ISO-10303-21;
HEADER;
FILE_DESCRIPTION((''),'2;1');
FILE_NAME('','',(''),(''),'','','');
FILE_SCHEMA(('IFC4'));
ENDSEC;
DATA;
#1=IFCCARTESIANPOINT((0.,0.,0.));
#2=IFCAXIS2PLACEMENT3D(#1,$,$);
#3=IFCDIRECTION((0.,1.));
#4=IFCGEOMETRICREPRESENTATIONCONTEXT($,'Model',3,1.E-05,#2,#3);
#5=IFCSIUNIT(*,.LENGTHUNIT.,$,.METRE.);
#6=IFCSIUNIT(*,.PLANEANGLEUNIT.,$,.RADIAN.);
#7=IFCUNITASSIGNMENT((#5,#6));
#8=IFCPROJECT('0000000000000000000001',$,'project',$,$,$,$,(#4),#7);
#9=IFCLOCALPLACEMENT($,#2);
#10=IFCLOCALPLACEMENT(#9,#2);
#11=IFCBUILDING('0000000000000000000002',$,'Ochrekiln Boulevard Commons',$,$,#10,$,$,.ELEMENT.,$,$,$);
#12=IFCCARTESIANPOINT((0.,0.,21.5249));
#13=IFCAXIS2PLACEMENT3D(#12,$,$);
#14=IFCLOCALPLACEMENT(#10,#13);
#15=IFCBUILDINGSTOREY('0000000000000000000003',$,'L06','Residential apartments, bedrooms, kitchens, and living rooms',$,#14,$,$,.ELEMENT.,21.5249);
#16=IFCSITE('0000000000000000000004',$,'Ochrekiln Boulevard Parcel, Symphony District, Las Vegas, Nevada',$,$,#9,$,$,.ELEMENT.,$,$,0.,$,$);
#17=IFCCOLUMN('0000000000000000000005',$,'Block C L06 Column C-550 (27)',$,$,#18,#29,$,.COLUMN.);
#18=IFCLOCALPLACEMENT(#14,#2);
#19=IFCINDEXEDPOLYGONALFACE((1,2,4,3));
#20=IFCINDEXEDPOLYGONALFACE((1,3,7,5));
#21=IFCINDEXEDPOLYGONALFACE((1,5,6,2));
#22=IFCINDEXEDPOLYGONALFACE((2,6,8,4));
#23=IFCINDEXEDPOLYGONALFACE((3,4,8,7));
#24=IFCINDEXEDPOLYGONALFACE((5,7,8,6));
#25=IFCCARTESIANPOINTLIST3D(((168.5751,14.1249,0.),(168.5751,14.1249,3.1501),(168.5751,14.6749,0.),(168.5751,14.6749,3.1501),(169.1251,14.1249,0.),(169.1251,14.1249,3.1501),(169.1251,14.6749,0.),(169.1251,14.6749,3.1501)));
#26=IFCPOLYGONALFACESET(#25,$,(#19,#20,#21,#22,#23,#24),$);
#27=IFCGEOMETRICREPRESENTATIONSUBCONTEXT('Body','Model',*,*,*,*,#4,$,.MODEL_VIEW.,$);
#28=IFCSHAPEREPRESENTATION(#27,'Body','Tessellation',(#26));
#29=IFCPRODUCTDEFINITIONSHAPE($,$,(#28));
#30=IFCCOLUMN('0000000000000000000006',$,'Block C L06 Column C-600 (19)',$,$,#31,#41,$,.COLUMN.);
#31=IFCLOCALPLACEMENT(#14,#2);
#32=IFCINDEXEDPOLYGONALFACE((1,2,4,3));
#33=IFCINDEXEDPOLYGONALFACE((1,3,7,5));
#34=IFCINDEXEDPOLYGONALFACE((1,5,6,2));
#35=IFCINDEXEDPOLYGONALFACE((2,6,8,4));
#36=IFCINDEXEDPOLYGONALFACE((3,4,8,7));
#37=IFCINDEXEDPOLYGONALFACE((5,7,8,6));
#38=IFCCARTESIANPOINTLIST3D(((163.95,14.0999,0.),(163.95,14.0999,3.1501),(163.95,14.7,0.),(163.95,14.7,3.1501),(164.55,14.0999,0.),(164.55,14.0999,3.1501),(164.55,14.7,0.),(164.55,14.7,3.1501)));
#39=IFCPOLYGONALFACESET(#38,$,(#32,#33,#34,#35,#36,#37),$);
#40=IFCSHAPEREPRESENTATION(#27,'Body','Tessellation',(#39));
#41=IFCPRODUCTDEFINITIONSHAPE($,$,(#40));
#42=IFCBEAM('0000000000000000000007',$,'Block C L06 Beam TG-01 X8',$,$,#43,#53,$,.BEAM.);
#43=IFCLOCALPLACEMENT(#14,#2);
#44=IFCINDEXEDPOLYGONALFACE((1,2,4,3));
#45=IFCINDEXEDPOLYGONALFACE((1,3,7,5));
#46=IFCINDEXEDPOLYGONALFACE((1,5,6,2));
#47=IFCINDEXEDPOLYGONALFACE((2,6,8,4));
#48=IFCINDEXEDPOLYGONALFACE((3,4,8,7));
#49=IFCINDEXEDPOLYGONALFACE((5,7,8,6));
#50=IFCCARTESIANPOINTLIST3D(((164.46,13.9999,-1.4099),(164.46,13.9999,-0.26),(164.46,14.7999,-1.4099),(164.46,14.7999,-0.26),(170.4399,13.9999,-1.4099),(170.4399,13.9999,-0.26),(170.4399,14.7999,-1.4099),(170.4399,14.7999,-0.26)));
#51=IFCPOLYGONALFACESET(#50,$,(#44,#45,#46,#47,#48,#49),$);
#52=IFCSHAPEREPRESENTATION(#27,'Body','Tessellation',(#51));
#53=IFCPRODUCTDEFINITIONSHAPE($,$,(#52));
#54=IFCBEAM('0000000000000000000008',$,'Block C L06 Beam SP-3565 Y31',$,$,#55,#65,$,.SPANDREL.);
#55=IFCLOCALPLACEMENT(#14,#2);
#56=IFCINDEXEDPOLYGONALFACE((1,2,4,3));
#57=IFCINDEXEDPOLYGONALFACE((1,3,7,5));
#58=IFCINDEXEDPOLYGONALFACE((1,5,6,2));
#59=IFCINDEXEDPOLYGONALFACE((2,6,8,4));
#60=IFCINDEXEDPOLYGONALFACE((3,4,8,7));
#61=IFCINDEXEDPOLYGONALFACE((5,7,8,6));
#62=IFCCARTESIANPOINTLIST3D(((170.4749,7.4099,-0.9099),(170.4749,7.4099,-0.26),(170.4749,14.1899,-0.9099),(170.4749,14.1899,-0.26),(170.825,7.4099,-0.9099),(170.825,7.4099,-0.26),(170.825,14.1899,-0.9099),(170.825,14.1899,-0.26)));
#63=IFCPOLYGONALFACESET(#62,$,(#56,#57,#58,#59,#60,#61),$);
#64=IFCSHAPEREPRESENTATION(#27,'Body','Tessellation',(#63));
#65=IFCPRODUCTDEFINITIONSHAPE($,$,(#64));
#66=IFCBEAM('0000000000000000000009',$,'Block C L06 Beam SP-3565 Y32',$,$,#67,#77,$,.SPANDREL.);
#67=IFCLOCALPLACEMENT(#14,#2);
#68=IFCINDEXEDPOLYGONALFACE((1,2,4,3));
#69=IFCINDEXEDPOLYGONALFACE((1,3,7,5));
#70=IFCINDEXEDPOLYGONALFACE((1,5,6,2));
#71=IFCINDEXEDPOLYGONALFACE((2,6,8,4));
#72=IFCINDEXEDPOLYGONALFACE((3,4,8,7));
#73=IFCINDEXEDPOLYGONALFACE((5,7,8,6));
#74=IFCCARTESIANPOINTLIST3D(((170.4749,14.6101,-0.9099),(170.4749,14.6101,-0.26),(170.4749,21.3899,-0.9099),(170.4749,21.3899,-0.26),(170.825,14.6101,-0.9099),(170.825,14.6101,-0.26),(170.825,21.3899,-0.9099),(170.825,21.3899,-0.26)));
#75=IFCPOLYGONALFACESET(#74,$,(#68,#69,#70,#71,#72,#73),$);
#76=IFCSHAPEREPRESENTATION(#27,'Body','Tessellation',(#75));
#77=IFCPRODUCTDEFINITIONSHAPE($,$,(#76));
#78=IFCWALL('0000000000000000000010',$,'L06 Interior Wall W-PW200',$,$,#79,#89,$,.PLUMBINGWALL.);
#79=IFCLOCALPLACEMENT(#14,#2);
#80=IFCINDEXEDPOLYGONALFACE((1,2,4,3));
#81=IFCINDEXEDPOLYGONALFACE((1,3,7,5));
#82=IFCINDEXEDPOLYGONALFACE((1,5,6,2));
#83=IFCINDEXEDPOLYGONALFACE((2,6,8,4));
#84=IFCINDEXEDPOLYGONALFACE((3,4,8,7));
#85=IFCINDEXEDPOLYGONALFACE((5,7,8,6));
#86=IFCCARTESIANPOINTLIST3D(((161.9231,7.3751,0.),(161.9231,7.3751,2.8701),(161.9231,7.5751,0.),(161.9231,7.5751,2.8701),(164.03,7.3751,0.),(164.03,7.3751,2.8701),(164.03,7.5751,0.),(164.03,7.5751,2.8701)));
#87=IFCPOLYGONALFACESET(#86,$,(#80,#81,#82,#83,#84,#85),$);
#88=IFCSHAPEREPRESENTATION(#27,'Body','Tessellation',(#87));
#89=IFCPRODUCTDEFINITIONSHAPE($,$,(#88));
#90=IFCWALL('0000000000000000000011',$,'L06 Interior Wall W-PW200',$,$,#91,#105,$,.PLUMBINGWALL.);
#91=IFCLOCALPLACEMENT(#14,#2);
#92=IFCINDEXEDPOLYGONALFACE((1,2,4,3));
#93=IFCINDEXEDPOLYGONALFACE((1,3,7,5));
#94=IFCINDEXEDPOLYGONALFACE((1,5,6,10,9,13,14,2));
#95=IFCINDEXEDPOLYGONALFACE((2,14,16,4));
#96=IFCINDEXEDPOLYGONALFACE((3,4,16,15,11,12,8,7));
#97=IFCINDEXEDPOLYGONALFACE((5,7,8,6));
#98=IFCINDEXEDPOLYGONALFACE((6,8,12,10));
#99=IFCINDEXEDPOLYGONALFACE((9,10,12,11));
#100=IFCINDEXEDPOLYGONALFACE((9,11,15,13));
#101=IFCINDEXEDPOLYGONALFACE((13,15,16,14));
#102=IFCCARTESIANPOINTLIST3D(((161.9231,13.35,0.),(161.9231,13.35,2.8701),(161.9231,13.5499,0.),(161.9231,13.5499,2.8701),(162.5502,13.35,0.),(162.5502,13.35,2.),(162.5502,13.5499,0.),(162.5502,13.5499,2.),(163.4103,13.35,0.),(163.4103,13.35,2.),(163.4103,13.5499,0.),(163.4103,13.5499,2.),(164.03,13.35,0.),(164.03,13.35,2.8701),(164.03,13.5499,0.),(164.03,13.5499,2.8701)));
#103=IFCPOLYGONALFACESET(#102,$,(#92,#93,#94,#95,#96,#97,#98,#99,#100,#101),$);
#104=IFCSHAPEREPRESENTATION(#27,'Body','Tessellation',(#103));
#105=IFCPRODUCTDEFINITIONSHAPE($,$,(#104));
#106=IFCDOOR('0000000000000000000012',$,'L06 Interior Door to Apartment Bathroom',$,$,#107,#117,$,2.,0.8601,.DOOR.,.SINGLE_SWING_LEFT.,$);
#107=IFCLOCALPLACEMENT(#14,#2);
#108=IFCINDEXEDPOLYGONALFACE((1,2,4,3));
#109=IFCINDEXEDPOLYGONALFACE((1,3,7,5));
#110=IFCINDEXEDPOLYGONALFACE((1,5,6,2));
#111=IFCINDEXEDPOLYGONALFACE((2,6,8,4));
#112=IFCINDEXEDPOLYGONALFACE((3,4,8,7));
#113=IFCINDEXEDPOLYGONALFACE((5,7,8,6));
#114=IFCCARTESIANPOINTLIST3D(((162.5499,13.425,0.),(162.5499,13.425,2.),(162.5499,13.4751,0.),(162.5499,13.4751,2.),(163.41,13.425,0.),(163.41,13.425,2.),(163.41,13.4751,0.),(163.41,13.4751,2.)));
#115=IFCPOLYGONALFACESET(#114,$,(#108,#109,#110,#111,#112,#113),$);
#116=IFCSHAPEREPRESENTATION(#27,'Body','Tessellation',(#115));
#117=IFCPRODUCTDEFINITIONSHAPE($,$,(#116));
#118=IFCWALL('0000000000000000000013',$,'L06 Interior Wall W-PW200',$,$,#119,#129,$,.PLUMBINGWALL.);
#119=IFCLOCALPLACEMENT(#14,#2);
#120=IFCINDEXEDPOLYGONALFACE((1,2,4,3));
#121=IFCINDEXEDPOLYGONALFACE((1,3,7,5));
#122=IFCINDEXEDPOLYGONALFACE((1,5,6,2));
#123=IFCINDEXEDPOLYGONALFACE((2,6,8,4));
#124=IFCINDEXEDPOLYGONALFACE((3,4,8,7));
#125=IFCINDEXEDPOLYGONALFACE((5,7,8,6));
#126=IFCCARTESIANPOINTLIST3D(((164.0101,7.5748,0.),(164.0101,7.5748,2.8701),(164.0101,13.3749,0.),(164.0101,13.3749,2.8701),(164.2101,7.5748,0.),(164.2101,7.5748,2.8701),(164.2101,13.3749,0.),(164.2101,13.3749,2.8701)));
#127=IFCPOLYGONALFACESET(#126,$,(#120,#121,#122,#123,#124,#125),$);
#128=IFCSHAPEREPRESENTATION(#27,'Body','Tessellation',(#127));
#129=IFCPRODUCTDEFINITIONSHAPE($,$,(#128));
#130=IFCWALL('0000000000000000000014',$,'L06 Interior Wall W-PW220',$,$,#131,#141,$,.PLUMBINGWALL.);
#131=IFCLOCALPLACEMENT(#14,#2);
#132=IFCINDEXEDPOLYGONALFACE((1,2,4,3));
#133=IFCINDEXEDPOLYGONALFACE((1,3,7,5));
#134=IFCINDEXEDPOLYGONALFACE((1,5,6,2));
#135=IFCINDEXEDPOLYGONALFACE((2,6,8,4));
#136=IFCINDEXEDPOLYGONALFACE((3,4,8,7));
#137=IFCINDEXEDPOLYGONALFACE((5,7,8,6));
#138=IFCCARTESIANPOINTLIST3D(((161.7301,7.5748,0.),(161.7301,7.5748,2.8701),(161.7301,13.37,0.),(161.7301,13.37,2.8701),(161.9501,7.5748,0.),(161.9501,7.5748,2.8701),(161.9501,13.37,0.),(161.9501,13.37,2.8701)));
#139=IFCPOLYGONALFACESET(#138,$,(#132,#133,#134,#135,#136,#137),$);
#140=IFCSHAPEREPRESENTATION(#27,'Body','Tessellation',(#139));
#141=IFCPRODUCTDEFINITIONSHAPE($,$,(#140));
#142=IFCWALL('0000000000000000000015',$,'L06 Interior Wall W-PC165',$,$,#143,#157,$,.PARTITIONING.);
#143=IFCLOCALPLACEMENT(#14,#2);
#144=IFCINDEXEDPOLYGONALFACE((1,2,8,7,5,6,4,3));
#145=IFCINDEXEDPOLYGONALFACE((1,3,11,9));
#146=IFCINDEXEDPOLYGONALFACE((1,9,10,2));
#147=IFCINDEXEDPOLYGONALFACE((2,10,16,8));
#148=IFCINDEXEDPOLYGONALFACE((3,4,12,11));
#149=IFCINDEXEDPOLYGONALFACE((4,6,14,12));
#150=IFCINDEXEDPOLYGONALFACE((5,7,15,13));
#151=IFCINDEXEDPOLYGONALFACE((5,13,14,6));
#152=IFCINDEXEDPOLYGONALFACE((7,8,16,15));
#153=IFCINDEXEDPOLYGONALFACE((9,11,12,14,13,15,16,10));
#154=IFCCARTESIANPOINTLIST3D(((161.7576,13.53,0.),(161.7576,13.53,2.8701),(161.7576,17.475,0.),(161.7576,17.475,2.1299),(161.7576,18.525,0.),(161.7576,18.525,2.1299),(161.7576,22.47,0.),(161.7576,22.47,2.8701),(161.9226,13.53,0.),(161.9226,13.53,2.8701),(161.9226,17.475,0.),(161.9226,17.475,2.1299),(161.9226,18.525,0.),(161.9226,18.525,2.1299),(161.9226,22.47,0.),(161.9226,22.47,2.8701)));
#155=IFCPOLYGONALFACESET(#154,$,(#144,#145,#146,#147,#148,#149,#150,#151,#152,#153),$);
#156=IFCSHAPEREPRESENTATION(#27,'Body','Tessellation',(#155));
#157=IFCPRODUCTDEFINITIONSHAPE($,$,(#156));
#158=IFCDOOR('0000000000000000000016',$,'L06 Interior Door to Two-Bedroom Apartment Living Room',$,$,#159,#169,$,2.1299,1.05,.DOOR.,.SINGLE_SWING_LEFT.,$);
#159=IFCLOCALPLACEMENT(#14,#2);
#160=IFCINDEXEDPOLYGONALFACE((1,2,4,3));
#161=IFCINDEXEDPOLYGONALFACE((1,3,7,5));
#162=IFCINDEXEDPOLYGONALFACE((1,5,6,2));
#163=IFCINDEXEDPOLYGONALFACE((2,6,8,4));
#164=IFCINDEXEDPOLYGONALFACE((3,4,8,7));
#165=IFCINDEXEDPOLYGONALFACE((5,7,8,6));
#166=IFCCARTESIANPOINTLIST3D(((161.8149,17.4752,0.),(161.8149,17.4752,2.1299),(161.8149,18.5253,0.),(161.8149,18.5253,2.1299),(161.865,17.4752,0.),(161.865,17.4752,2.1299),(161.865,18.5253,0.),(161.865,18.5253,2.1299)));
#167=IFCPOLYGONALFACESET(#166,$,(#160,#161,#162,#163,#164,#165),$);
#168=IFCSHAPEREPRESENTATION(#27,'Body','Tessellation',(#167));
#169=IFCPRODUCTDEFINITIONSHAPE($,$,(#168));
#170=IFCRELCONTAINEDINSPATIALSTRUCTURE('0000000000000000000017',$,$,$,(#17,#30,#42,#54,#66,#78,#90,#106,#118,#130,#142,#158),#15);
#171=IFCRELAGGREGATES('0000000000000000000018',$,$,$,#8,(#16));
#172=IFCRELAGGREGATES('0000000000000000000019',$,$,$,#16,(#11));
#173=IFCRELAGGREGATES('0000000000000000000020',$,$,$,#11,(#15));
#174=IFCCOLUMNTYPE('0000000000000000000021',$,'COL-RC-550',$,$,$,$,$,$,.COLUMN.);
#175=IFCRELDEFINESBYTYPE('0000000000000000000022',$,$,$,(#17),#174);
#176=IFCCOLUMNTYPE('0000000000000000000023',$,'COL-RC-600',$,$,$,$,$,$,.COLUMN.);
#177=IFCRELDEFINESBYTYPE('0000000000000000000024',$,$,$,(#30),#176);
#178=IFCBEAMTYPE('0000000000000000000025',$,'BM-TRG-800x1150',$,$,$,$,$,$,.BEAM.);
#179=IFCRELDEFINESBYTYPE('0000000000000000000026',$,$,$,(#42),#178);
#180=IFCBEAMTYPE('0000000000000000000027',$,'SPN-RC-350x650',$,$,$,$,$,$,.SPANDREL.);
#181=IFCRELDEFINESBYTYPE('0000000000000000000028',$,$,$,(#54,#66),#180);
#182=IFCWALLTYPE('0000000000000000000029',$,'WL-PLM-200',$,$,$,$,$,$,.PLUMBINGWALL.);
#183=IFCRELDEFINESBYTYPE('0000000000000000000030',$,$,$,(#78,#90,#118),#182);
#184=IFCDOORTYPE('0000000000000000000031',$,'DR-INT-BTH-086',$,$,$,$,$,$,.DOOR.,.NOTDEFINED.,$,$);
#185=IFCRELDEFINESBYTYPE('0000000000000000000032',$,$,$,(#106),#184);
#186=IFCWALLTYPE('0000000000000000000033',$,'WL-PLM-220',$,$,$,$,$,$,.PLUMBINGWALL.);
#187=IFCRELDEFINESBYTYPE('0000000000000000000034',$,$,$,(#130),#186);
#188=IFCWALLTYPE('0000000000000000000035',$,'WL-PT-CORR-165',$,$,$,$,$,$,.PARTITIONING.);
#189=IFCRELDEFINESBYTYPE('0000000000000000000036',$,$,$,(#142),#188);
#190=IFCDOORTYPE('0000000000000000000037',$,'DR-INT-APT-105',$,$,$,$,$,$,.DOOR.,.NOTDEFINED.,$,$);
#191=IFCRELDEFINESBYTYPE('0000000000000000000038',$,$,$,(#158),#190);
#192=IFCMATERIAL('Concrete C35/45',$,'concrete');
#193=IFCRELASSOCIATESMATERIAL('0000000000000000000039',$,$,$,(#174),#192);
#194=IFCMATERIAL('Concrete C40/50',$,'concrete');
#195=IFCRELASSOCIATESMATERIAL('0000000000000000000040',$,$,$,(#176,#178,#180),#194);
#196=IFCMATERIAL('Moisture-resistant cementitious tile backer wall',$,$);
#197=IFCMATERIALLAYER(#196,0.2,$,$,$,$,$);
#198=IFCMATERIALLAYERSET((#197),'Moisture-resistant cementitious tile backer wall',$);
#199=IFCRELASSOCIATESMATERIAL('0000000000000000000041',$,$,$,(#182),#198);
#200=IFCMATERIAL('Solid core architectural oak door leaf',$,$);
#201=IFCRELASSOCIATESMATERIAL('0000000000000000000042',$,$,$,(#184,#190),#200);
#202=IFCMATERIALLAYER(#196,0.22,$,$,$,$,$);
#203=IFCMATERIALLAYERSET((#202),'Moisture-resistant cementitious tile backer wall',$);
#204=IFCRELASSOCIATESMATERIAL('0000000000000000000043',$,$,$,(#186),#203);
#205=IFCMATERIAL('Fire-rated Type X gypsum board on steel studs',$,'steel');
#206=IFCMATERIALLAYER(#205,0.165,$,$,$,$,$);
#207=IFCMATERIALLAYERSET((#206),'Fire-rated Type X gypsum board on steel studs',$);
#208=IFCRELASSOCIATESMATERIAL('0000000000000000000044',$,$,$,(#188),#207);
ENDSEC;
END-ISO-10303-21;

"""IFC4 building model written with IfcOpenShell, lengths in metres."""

from ifc_helpers import new_model, si_unit, direction, frame, frame_2d, origin, origin_2d, place, context, subcontext, project, spatial, rectangle, extrude, material, layer, layer_set, material_profile, profile_set, type_object, element, fill, save


model = new_model("IFC4")

# Units and contexts
model_context = context("Model", 3, precision=1e-05, world=origin(), true_north=direction((0.0, 1.0)))
body_context = subcontext(model_context, "Body", "Model", "MODEL_VIEW")
ifc_project = project(units=[si_unit("LENGTHUNIT", "METRE"), si_unit("PLANEANGLEUNIT", "RADIAN")], contexts=[model_context])

# Site, building, storey
site_placement = place(None, origin())
site = spatial("IfcSite", under=ifc_project, at=site_placement, Name="Ochrekiln Boulevard Parcel, Symphony District, Las Vegas, Nevada", CompositionType="ELEMENT", RefElevation=0.0)
building_placement = place(site_placement, origin())
building = spatial("IfcBuilding", under=site, at=building_placement, Name="Ochrekiln Boulevard Commons", CompositionType="ELEMENT")
storey_placement = place(building_placement, frame((0.0, 0.0, 21.5249)))
storey = spatial("IfcBuildingStorey", under=building, at=storey_placement, Name="L06", Description="Residential apartments, bedrooms, kitchens, and living rooms", CompositionType="ELEMENT", Elevation=21.5249)

# Columns
ifc_material_1 = material(Name="Concrete C35/45", Category="concrete")
ifc_material_profile_1 = material_profile(ifc_material_1, rectangle(XDim=0.55, YDim=0.55, at=origin_2d()), Name="RC-COL-550x550")
ifc_profile_set_1 = profile_set([ifc_material_profile_1], Name="Concrete C35/45")
column_type_1 = type_object("IfcColumnType", Name="COL-RC-550", PredefinedType="COLUMN", material=ifc_profile_set_1)
column_1_placement = place(storey_placement, frame((168.8501, 14.3999, 0.0), z_axis=(0.0, 0.0, 1.0), x_axis=(1.0, 0.0, 0.0)))
element("IfcColumn", 1, at=column_1_placement, inside=storey, type_object=column_type_1, Name="Block C L06 Column C-550 (27)", PredefinedType="COLUMN", context=body_context, shape_type="SweptSolid", body=[
    extrude(rectangle(XDim=0.55, YDim=0.55, at=origin_2d()), origin(), (0.0, 0.0, 1.0), 3.1501),
])
ifc_material_2 = material(Name="Concrete C40/50", Category="concrete")
ifc_material_profile_2 = material_profile(ifc_material_2, rectangle(XDim=0.6001, YDim=0.6001, at=origin_2d()), Name="RC-COL-600x600")
ifc_profile_set_2 = profile_set([ifc_material_profile_2], Name="Concrete C40/50")
column_type_2 = type_object("IfcColumnType", Name="COL-RC-600", PredefinedType="COLUMN", material=ifc_profile_set_2)
column_2_placement = place(storey_placement, frame((164.25, 14.3999, 0.0), z_axis=(0.0, 0.0, 1.0), x_axis=(1.0, 0.0, 0.0)))
element("IfcColumn", 2, at=column_2_placement, inside=storey, type_object=column_type_2, Name="Block C L06 Column C-600 (19)", PredefinedType="COLUMN", context=body_context, shape_type="SweptSolid", body=[
    extrude(rectangle(XDim=0.6001, YDim=0.6001, at=origin_2d()), origin(), (0.0, 0.0, 1.0), 3.1501),
])

# Beams
ifc_material_profile_3 = material_profile(ifc_material_2, rectangle(XDim=0.8, YDim=1.1499, at=origin_2d()), Name="RC-TRG-800x1150")
ifc_profile_set_3 = profile_set([ifc_material_profile_3], Name="Concrete C40/50")
beam_type_1 = type_object("IfcBeamType", Name="BM-TRG-800x1150", PredefinedType="BEAM", material=ifc_profile_set_3)
beam_1_placement = place(storey_placement, frame((164.46, 14.3999, -0.835), z_axis=(1.0, 0.0, 0.0), x_axis=(0.0, 1.0, 0.0)))
element("IfcBeam", 3, at=beam_1_placement, inside=storey, type_object=beam_type_1, Name="Block C L06 Beam TG-01 X8", PredefinedType="BEAM", context=body_context, shape_type="SweptSolid", body=[
    extrude(rectangle(XDim=0.8, YDim=1.1499, at=origin_2d()), origin(), (0.0, 0.0, 1.0), 5.98),
])
ifc_material_profile_4 = material_profile(ifc_material_2, rectangle(XDim=0.3501, YDim=0.6499, at=origin_2d()), Name="RC-SPN-350x650")
ifc_profile_set_4 = profile_set([ifc_material_profile_4], Name="Concrete C40/50")
beam_type_2 = type_object("IfcBeamType", Name="SPN-RC-350x650", PredefinedType="SPANDREL", material=ifc_profile_set_4)
beam_2_placement = place(storey_placement, frame((170.6499, 7.4099, -0.585), z_axis=(0.0, 1.0, 0.0), x_axis=(-1.0, 0.0, 0.0)))
element("IfcBeam", 4, at=beam_2_placement, inside=storey, type_object=beam_type_2, Name="Block C L06 Beam SP-3565 Y31", PredefinedType="SPANDREL", context=body_context, shape_type="SweptSolid", body=[
    extrude(rectangle(XDim=0.3501, YDim=0.6499, at=origin_2d()), origin(), (0.0, 0.0, 1.0), 6.78),
])
beam_3_placement = place(storey_placement, frame((170.6499, 14.6101, -0.585), z_axis=(0.0, 1.0, 0.0), x_axis=(-1.0, 0.0, 0.0)))
element("IfcBeam", 5, at=beam_3_placement, inside=storey, type_object=beam_type_2, Name="Block C L06 Beam SP-3565 Y32", PredefinedType="SPANDREL", context=body_context, shape_type="SweptSolid", body=[
    extrude(rectangle(XDim=0.3501, YDim=0.6499, at=origin_2d()), origin(), (0.0, 0.0, 1.0), 6.7798),
])

# Wall
ifc_material_3 = material(Name="Moisture-resistant cementitious tile backer wall")
ifc_layer_1 = layer(ifc_material_3, 0.2)
ifc_layer_set_1 = layer_set([ifc_layer_1], Name="Moisture-resistant cementitious tile backer wall")
wall_type_1 = type_object("IfcWallType", Name="WL-PLM-200", PredefinedType="PLUMBINGWALL", material=ifc_layer_set_1)
wall_1_placement = place(storey_placement, frame((161.9231, 7.4751, 0.0), z_axis=(0.0, 0.0, 1.0), x_axis=(1.0, 0.0, 0.0)))
element("IfcWall", 6, at=wall_1_placement, inside=storey, type_object=wall_type_1, Name="L06 Interior Wall W-PW200", PredefinedType="PLUMBINGWALL", context=body_context, shape_type="SweptSolid", body=[
    extrude(rectangle(XDim=2.1069, YDim=0.2, at=frame_2d((1.0535, 0.0))), origin(), (0.0, 0.0, 1.0), 2.8701),
])

# Wall, opening, door
wall_2_placement = place(storey_placement, frame((161.9231, 13.45, 0.0), z_axis=(0.0, 0.0, 1.0), x_axis=(1.0, 0.0, 0.0)))
wall_2 = element("IfcWall", 7, at=wall_2_placement, inside=storey, type_object=wall_type_1, Name="L06 Interior Wall W-PW200", PredefinedType="PLUMBINGWALL", context=body_context, shape_type="SweptSolid", body=[
    extrude(rectangle(XDim=2.1069, YDim=0.2, at=frame_2d((1.0535, 0.0))), origin(), (0.0, 0.0, 1.0), 2.8701),
])
opening_1_placement = place(wall_2_placement, frame((0.627, 0.0, 0.0)))
opening_1 = element("IfcOpeningElement", 8, at=opening_1_placement, cuts=wall_2, PredefinedType="OPENING", context=body_context, shape_type="SweptSolid", body=[
    extrude(rectangle(XDim=0.8601, YDim=2.0, at=frame_2d((0.4302, 1.0))), frame((0.0, 0.1099, 0.0), z_axis=(0.0, -1.0, 0.0), x_axis=(1.0, 0.0, 0.0)), (0.0, 0.0, 1.0), 0.22),
])
ifc_material_4 = material(Name="Solid core architectural oak door leaf")
door_type_1 = type_object("IfcDoorType", Name="DR-INT-BTH-086", OperationType="NOTDEFINED", PredefinedType="DOOR", material=ifc_material_4)
door_1_placement = place(opening_1_placement, frame((0.8601, 0.0, 0.0), z_axis=(0.0, 0.0, 1.0), x_axis=(-1.0, 0.0, 0.0)))
door_1 = element("IfcDoor", 9, at=door_1_placement, inside=storey, type_object=door_type_1, Name="L06 Interior Door to Apartment Bathroom", OperationType="SINGLE_SWING_LEFT", OverallHeight=2.0, OverallWidth=0.8601, PredefinedType="DOOR", context=body_context, shape_type="SweptSolid", body=[
    extrude(rectangle(XDim=0.8601, YDim=2.0, at=frame_2d((0.4302, 1.0))), frame((0.0, 0.0249, 0.0), z_axis=(0.0, -1.0, 0.0), x_axis=(1.0, 0.0, 0.0)), (0.0, 0.0, 1.0), 0.05),
])
fill(opening_1, door_1)

# Walls
wall_3_placement = place(storey_placement, frame((164.1101, 7.575, 0.0), z_axis=(0.0, 0.0, 1.0), x_axis=(0.0, 1.0, 0.0)))
element("IfcWall", 10, at=wall_3_placement, inside=storey, type_object=wall_type_1, Name="L06 Interior Wall W-PW200", PredefinedType="PLUMBINGWALL", context=body_context, shape_type="SweptSolid", body=[
    extrude(rectangle(XDim=5.8, YDim=0.2, at=frame_2d((2.8999, 0.0))), origin(), (0.0, 0.0, 1.0), 2.8701),
])
ifc_layer_2 = layer(ifc_material_3, 0.22)
ifc_layer_set_2 = layer_set([ifc_layer_2], Name="Moisture-resistant cementitious tile backer wall")
wall_type_2 = type_object("IfcWallType", Name="WL-PLM-220", PredefinedType="PLUMBINGWALL", material=ifc_layer_set_2)
wall_4_placement = place(storey_placement, frame((161.8401, 7.575, 0.0), z_axis=(0.0, 0.0, 1.0), x_axis=(0.0, 1.0, 0.0)))
element("IfcWall", 11, at=wall_4_placement, inside=storey, type_object=wall_type_2, Name="L06 Interior Wall W-PW220", PredefinedType="PLUMBINGWALL", context=body_context, shape_type="SweptSolid", body=[
    extrude(rectangle(XDim=5.7952, YDim=0.22, at=frame_2d((2.8975, 0.0))), origin(), (0.0, 0.0, 1.0), 2.8701),
])

# Wall, opening, door
ifc_material_5 = material(Name="Fire-rated Type X gypsum board on steel studs", Category="steel")
ifc_layer_3 = layer(ifc_material_5, 0.165)
ifc_layer_set_3 = layer_set([ifc_layer_3], Name="Fire-rated Type X gypsum board on steel studs")
wall_type_3 = type_object("IfcWallType", Name="WL-PT-CORR-165", PredefinedType="PARTITIONING", material=ifc_layer_set_3)
wall_5_placement = place(storey_placement, frame((161.8401, 13.53, 0.0), z_axis=(0.0, 0.0, 1.0), x_axis=(0.0, 1.0, 0.0)))
wall_5 = element("IfcWall", 12, at=wall_5_placement, inside=storey, type_object=wall_type_3, Name="L06 Interior Wall W-PC165", PredefinedType="PARTITIONING", context=body_context, shape_type="SweptSolid", body=[
    extrude(rectangle(XDim=8.9399, YDim=0.165, at=frame_2d((4.47, 0.0))), origin(), (0.0, 0.0, 1.0), 2.8701),
])
opening_2_placement = place(wall_5_placement, frame((3.9451, 0.0, 0.0)))
opening_2 = element("IfcOpeningElement", 13, at=opening_2_placement, cuts=wall_5, PredefinedType="OPENING", context=body_context, shape_type="SweptSolid", body=[
    extrude(rectangle(XDim=1.05, YDim=2.1299, at=frame_2d((0.5249, 1.0649))), frame((0.0, 0.0925, 0.0), z_axis=(0.0, -1.0, 0.0), x_axis=(1.0, 0.0, 0.0)), (0.0, 0.0, 1.0), 0.1851),
])
door_type_2 = type_object("IfcDoorType", Name="DR-INT-APT-105", OperationType="NOTDEFINED", PredefinedType="DOOR", material=ifc_material_4)
door_2_placement = place(opening_2_placement, frame((1.05, 0.0, 0.0), z_axis=(0.0, 0.0, 1.0), x_axis=(-1.0, 0.0, 0.0)))
door_2 = element("IfcDoor", 14, at=door_2_placement, inside=storey, type_object=door_type_2, Name="L06 Interior Door to Two-Bedroom Apartment Living Room", OperationType="SINGLE_SWING_LEFT", OverallHeight=2.1299, OverallWidth=1.05, PredefinedType="DOOR", context=body_context, shape_type="SweptSolid", body=[
    extrude(rectangle(XDim=1.05, YDim=2.1299, at=frame_2d((0.5249, 1.0649))), frame((0.0, 0.0249, 0.0), z_axis=(0.0, -1.0, 0.0), x_axis=(1.0, 0.0, 0.0)), (0.0, 0.0, 1.0), 0.05),
])
fill(opening_2, door_2)

save(model, "model.ifc")
